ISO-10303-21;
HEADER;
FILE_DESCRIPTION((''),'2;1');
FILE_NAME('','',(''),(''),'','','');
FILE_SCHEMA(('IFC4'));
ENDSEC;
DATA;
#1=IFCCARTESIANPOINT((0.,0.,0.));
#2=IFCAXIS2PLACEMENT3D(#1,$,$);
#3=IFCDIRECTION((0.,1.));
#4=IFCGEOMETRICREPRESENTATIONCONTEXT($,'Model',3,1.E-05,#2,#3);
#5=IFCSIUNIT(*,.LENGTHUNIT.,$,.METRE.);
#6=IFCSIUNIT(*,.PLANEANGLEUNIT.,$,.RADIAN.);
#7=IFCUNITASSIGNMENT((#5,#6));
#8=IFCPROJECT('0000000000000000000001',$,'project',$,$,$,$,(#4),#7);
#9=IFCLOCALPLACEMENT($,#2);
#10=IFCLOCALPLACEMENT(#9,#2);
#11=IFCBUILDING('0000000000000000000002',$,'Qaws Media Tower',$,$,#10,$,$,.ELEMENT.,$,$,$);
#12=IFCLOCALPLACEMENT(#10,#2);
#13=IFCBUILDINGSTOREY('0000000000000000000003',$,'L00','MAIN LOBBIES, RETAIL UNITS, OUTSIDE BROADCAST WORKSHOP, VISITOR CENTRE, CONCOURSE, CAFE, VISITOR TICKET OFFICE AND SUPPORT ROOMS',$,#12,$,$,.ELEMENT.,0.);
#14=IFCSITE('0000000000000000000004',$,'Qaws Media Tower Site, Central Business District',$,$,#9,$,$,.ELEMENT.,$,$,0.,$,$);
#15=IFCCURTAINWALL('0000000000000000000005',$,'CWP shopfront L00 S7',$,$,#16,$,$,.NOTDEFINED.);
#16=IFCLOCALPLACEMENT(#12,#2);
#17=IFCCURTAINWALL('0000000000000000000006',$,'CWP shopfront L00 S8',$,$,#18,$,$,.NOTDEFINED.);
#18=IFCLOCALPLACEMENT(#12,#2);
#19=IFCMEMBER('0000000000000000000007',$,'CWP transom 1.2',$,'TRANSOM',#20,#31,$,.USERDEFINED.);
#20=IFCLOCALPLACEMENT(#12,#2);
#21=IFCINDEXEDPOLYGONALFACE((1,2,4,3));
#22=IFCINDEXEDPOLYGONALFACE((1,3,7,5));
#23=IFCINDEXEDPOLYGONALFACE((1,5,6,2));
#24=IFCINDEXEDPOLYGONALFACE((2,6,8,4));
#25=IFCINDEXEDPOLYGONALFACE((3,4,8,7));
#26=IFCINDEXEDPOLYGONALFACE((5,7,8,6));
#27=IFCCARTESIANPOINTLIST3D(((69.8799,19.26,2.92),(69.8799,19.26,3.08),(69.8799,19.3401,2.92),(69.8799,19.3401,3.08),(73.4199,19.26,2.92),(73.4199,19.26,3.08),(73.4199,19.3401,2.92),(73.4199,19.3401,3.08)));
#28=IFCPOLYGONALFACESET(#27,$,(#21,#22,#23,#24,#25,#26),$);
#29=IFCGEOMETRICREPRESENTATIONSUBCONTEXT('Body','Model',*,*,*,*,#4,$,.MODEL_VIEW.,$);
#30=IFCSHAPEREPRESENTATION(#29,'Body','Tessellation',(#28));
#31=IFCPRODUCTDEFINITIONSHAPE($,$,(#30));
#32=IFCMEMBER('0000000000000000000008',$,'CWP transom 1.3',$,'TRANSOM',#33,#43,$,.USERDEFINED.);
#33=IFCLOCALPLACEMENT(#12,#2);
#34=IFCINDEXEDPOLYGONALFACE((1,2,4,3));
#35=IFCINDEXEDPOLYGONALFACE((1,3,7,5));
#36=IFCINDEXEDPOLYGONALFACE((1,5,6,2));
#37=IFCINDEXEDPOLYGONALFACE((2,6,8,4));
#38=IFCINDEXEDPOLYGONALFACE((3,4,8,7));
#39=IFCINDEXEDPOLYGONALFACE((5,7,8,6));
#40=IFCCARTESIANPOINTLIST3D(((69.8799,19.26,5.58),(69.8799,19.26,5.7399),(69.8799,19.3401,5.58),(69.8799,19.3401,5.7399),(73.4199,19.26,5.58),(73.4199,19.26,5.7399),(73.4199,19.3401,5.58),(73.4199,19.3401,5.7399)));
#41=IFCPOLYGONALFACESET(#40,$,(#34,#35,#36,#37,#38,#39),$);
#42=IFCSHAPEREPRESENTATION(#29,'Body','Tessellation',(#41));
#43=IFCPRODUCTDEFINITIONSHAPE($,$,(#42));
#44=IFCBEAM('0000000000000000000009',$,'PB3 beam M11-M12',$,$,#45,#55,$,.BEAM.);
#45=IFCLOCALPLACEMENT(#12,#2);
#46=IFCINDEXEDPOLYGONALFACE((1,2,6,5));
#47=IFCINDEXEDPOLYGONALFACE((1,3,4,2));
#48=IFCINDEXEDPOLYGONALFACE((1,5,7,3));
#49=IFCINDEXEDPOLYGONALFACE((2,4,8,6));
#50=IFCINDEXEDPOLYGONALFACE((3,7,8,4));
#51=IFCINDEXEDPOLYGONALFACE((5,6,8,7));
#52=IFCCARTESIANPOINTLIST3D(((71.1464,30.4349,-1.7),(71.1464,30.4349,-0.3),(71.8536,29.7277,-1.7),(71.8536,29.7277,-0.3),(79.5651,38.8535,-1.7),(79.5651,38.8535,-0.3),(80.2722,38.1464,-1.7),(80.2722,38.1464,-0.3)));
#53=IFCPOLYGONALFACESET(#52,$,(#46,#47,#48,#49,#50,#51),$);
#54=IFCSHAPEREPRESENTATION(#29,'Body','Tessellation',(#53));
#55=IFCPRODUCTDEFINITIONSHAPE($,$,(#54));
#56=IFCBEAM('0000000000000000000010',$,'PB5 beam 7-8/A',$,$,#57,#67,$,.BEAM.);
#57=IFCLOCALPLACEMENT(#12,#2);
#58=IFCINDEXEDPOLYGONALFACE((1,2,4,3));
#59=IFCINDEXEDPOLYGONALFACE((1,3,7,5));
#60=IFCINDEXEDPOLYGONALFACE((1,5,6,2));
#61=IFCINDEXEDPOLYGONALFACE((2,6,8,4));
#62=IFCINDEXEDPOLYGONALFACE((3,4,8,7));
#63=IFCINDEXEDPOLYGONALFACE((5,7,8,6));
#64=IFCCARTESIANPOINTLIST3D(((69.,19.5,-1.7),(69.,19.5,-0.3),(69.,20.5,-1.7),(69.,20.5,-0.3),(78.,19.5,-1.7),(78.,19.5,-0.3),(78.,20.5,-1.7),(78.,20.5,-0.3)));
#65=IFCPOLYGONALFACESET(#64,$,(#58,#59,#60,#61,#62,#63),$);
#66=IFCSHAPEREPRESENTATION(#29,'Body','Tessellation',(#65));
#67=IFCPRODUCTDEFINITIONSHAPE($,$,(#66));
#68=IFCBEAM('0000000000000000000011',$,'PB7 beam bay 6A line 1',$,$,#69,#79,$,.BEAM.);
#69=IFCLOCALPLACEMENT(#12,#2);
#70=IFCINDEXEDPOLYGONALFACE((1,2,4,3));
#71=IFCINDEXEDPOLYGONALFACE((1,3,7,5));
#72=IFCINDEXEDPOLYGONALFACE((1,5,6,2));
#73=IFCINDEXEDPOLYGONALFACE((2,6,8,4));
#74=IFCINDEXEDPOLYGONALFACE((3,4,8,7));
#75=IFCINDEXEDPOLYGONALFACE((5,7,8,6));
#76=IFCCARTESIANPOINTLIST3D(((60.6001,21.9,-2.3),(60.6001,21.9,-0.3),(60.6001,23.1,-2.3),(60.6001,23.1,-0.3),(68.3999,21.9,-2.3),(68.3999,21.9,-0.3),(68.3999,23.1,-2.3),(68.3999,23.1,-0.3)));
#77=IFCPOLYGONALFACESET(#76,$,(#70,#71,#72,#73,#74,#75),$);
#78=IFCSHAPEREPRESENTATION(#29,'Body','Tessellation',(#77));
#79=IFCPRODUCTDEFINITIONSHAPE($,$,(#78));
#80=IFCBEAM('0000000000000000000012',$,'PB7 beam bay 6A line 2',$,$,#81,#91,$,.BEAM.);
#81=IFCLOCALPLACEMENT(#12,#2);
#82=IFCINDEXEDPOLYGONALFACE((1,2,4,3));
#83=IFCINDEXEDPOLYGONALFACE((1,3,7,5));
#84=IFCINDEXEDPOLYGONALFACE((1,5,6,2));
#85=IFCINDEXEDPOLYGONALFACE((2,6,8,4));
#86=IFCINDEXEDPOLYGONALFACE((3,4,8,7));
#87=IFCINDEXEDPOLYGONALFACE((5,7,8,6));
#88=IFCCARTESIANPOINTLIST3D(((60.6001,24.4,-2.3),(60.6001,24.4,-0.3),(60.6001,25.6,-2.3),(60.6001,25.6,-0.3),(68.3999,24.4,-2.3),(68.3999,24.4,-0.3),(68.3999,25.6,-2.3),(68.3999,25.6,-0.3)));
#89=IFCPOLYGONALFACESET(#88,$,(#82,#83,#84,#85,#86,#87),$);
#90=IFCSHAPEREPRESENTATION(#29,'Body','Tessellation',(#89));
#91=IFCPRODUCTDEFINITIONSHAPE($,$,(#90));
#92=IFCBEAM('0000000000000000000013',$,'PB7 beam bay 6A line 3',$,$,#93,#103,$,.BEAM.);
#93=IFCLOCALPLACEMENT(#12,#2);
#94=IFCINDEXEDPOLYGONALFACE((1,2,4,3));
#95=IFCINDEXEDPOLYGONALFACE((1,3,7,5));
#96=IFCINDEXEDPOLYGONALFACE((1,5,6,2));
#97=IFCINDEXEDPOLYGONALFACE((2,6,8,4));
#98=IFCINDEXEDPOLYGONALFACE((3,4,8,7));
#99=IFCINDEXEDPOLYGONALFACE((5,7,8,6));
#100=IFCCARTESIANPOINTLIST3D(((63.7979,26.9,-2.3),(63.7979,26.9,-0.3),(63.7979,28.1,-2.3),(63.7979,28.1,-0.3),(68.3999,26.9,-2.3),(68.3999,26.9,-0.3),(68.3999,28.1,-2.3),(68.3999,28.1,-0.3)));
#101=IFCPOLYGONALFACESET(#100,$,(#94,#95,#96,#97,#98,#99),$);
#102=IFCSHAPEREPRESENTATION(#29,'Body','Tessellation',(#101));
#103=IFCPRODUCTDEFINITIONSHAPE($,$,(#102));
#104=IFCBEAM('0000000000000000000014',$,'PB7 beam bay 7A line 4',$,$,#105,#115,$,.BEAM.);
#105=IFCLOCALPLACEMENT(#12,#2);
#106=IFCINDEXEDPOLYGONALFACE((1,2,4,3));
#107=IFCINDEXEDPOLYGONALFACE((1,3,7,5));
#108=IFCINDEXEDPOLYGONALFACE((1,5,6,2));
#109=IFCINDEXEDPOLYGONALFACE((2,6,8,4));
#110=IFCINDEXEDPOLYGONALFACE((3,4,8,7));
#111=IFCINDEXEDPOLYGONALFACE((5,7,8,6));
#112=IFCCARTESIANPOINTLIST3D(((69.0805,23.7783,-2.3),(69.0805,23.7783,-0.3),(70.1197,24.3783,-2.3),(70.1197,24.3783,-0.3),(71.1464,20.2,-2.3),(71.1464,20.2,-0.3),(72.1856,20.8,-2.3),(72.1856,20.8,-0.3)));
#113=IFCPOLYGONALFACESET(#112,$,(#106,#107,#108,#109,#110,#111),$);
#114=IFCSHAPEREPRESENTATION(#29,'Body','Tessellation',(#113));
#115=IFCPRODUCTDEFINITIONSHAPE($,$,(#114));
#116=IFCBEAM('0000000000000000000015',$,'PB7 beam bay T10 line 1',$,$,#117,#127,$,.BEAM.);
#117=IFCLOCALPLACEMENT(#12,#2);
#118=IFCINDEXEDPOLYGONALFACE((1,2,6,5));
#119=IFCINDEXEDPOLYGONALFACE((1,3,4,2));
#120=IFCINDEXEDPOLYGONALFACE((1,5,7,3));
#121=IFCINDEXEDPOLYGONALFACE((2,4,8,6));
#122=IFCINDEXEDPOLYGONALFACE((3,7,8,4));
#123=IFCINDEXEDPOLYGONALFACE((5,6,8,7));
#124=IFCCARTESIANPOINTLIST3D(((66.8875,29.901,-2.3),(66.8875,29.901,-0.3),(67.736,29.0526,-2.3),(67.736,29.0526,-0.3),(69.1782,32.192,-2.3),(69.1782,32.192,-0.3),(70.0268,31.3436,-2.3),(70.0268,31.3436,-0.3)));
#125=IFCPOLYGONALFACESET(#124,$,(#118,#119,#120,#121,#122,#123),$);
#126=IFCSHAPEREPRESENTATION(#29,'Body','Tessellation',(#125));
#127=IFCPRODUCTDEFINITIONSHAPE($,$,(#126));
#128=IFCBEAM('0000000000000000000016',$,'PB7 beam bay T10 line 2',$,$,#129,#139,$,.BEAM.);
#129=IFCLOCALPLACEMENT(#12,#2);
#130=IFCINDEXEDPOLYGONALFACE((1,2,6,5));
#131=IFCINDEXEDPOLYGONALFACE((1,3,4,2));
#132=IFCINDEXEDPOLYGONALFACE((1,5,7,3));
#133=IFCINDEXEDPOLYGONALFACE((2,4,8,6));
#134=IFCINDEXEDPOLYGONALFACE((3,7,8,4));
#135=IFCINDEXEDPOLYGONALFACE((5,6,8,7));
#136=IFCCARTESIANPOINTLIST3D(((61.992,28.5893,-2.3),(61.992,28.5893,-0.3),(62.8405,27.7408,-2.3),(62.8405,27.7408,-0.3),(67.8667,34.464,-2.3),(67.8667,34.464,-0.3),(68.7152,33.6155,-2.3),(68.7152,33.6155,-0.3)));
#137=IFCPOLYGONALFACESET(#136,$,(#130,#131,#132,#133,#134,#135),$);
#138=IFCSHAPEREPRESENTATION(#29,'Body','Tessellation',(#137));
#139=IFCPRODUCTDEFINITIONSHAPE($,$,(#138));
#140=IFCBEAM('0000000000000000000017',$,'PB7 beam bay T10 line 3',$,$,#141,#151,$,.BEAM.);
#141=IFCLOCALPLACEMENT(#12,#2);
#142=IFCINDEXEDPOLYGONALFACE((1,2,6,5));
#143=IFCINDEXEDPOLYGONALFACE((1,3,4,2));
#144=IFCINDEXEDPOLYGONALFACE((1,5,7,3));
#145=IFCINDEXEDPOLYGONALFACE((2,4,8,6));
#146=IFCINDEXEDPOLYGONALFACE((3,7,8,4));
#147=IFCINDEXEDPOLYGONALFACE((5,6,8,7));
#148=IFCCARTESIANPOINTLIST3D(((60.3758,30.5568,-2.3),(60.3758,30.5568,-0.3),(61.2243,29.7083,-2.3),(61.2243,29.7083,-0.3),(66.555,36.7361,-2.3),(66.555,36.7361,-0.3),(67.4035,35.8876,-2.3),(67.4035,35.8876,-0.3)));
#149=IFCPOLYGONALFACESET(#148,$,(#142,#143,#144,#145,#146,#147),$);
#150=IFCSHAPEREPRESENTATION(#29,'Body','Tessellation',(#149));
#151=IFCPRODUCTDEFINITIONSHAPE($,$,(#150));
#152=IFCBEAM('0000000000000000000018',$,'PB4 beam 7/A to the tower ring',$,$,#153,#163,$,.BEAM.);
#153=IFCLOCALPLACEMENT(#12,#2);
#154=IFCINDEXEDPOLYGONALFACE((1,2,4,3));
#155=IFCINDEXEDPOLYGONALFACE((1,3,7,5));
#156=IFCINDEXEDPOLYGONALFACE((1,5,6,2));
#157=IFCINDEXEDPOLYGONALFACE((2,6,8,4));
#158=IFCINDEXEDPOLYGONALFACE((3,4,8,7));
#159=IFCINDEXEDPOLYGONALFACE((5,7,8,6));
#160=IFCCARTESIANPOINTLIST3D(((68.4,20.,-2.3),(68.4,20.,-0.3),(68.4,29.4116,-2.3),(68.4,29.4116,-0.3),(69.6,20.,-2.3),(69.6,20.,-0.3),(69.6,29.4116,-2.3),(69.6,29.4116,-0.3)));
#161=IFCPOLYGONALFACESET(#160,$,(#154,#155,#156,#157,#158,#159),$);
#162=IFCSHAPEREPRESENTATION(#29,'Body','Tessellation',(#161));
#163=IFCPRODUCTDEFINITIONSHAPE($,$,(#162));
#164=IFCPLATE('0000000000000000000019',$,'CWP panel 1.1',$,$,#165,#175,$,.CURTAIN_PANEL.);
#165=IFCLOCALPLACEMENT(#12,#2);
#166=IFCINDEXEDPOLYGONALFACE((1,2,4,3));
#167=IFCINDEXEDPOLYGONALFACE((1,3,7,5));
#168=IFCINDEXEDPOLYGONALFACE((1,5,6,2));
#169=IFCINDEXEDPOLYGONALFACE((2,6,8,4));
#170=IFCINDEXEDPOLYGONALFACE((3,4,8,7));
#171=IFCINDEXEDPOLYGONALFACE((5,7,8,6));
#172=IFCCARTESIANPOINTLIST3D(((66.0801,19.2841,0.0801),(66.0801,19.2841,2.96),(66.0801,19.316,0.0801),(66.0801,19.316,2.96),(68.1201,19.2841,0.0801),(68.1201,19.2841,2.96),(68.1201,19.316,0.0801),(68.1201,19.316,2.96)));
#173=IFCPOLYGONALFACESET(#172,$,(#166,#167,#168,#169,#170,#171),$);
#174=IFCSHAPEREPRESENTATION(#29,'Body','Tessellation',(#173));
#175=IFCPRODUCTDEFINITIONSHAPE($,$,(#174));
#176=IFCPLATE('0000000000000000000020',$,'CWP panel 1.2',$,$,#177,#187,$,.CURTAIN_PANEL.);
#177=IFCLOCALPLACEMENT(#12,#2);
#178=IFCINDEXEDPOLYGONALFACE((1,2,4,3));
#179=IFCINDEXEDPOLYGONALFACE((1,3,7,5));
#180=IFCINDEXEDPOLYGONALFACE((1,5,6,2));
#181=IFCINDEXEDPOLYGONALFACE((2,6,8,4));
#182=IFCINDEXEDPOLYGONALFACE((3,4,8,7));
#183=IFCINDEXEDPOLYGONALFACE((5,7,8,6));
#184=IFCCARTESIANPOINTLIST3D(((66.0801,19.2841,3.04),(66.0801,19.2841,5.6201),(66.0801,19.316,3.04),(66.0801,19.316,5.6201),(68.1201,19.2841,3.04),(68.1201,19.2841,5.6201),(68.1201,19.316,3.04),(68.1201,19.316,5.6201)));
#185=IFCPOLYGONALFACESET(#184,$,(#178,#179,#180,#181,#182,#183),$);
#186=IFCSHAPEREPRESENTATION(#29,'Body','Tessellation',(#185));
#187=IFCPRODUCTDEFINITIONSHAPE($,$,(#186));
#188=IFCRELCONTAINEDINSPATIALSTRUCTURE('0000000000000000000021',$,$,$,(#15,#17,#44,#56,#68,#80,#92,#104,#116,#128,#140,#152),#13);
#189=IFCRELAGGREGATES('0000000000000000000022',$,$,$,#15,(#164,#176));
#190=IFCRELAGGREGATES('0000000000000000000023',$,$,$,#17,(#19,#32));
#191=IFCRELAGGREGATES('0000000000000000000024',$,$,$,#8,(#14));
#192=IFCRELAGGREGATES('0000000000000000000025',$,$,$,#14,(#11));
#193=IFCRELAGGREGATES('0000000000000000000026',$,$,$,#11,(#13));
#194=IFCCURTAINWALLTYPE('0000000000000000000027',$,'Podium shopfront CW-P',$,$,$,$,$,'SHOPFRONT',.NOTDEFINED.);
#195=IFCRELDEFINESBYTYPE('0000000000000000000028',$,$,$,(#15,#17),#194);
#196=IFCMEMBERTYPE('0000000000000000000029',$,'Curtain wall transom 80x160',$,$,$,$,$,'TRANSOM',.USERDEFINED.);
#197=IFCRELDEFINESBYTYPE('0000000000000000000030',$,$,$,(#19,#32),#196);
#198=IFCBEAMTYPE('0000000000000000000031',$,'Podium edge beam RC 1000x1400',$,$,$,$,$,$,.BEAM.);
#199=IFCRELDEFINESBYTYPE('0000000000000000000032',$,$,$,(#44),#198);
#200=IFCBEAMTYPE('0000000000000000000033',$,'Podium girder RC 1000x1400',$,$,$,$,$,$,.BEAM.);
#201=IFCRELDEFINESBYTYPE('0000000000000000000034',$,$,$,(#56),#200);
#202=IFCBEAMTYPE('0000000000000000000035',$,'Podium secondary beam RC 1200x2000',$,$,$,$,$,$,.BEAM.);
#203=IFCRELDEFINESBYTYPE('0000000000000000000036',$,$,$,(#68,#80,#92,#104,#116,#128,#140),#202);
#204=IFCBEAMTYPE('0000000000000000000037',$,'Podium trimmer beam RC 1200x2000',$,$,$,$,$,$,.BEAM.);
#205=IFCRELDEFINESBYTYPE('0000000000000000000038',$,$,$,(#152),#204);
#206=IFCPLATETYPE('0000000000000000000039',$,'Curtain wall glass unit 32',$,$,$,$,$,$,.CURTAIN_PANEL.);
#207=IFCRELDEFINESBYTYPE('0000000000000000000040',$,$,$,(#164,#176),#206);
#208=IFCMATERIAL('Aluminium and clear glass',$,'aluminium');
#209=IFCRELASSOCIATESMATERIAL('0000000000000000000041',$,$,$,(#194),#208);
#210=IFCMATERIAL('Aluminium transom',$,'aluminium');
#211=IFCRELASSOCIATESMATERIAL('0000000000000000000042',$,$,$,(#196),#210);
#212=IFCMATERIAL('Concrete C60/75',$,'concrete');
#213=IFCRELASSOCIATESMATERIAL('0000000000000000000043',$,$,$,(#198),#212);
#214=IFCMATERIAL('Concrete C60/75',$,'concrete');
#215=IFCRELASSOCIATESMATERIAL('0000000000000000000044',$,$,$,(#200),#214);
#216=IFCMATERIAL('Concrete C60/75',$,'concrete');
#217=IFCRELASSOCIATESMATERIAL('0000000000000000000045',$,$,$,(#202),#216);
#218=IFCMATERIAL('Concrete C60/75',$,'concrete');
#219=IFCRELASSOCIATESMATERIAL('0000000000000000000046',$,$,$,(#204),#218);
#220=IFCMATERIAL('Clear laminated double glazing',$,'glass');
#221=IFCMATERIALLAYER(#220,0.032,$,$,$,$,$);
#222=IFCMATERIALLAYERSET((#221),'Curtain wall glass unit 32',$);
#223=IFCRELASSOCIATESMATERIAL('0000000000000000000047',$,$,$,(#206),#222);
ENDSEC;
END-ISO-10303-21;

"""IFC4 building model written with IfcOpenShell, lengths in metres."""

from ifc_helpers import new_model, si_unit, direction, frame, origin, origin_2d, place, context, subcontext, project, spatial, rectangle, extrude, material, layer, layer_set, material_profile, profile_set, type_object, element, aggregate, save


model = new_model("IFC4")

# Units and contexts
model_context = context("Model", 3, precision=1e-05, world=origin(), true_north=direction((0.0, 1.0)))
body_context = subcontext(model_context, "Body", "Model", "MODEL_VIEW")
ifc_project = project(units=[si_unit("LENGTHUNIT", "METRE"), si_unit("PLANEANGLEUNIT", "RADIAN")], contexts=[model_context])

# Site, building, storey
site_placement = place(None, origin())
site = spatial("IfcSite", under=ifc_project, at=site_placement, Name="Qaws Media Tower Site, Central Business District", CompositionType="ELEMENT", RefElevation=0.0)
building_placement = place(site_placement, origin())
building = spatial("IfcBuilding", under=site, at=building_placement, Name="Qaws Media Tower", CompositionType="ELEMENT")
storey_placement = place(building_placement, origin())
storey = spatial("IfcBuildingStorey", under=building, at=storey_placement, Name="L00", Description="MAIN LOBBIES, RETAIL UNITS, OUTSIDE BROADCAST WORKSHOP, VISITOR CENTRE, CONCOURSE, CAFE, VISITOR TICKET OFFICE AND SUPPORT ROOMS", CompositionType="ELEMENT", Elevation=0.0)

# Curtain walls
ifc_material_1 = material(Name="Aluminium and clear glass", Category="aluminium")
curtain_wall_type = type_object("IfcCurtainWallType", Name="Podium shopfront CW-P", ElementType="SHOPFRONT", PredefinedType="NOTDEFINED", material=ifc_material_1)
curtain_wall_1_placement = place(storey_placement, origin())
curtain_wall_1 = element("IfcCurtainWall", 1, at=curtain_wall_1_placement, inside=storey, type_object=curtain_wall_type, Name="CWP shopfront L00 S7", PredefinedType="NOTDEFINED")
curtain_wall_2_placement = place(storey_placement, origin())
curtain_wall_2 = element("IfcCurtainWall", 2, at=curtain_wall_2_placement, inside=storey, type_object=curtain_wall_type, Name="CWP shopfront L00 S8", PredefinedType="NOTDEFINED")

# Members
ifc_material_2 = material(Name="Aluminium transom", Category="aluminium")
ifc_material_profile_1 = material_profile(ifc_material_2, rectangle(XDim=0.0801, YDim=0.1599, at=origin_2d()), Name="80x160")
ifc_profile_set_1 = profile_set([ifc_material_profile_1], Name="Aluminium transom")
member_type_1 = type_object("IfcMemberType", Name="Curtain wall transom 80x160", ElementType="TRANSOM", PredefinedType="USERDEFINED", material=ifc_profile_set_1)
member_1_placement = place(storey_placement, frame((69.8799, 19.3, 3.0), z_axis=(1.0, 0.0, 0.0), x_axis=(0.0, 1.0, 0.0)))
member_1 = element("IfcMember", 3, at=member_1_placement, type_object=member_type_1, Name="CWP transom 1.2", ObjectType="TRANSOM", PredefinedType="USERDEFINED", context=body_context, shape_type="SweptSolid", body=[
    extrude(rectangle(XDim=0.0801, YDim=0.1599, at=origin_2d()), origin(), (0.0, 0.0, 1.0), 3.54),
])
member_2_placement = place(storey_placement, frame((69.8799, 19.3, 5.6599), z_axis=(1.0, 0.0, 0.0), x_axis=(0.0, 1.0, 0.0)))
member_2 = element("IfcMember", 4, at=member_2_placement, type_object=member_type_1, Name="CWP transom 1.3", ObjectType="TRANSOM", PredefinedType="USERDEFINED", context=body_context, shape_type="SweptSolid", body=[
    extrude(rectangle(XDim=0.0801, YDim=0.1599, at=origin_2d()), origin(), (0.0, 0.0, 1.0), 3.54),
])

# Beams
ifc_material_3 = material(Name="Concrete C60/75", Category="concrete")
ifc_material_profile_2 = material_profile(ifc_material_3, rectangle(XDim=1.0, YDim=1.3999, at=origin_2d()), Name="RC 1000x1400")
ifc_profile_set_2 = profile_set([ifc_material_profile_2], Name="Concrete C60/75")
beam_type_1 = type_object("IfcBeamType", Name="Podium edge beam RC 1000x1400", PredefinedType="BEAM", material=ifc_profile_set_2)
beam_1_placement = place(storey_placement, frame((71.5, 30.0813, -1.0), z_axis=(0.707107, 0.707107, 0.0), x_axis=(-0.707107, 0.707107, 0.0)))
element("IfcBeam", 5, at=beam_1_placement, inside=storey, type_object=beam_type_1, Name="PB3 beam M11-M12", PredefinedType="BEAM", context=body_context, shape_type="SweptSolid", body=[
    extrude(rectangle(XDim=1.0, YDim=1.3999, at=origin_2d()), origin(), (0.0, 0.0, 1.0), 11.9058),
])
ifc_material_4 = material(Name="Concrete C60/75", Category="concrete")
ifc_material_profile_3 = material_profile(ifc_material_4, rectangle(XDim=1.0, YDim=1.3999, at=origin_2d()), Name="RC 1000x1400")
ifc_profile_set_3 = profile_set([ifc_material_profile_3], Name="Concrete C60/75")
beam_type_2 = type_object("IfcBeamType", Name="Podium girder RC 1000x1400", PredefinedType="BEAM", material=ifc_profile_set_3)
beam_2_placement = place(storey_placement, frame((69.0, 20.0, -1.0), z_axis=(1.0, 0.0, 0.0), x_axis=(0.0, 1.0, 0.0)))
element("IfcBeam", 6, at=beam_2_placement, inside=storey, type_object=beam_type_2, Name="PB5 beam 7-8/A", PredefinedType="BEAM", context=body_context, shape_type="SweptSolid", body=[
    extrude(rectangle(XDim=1.0, YDim=1.3999, at=origin_2d()), origin(), (0.0, 0.0, 1.0), 9.0),
])
ifc_material_5 = material(Name="Concrete C60/75", Category="concrete")
ifc_material_profile_4 = material_profile(ifc_material_5, rectangle(XDim=1.2, YDim=2.0, at=origin_2d()), Name="RC 1200x2000")
ifc_profile_set_4 = profile_set([ifc_material_profile_4], Name="Concrete C60/75")
beam_type_3 = type_object("IfcBeamType", Name="Podium secondary beam RC 1200x2000", PredefinedType="BEAM", material=ifc_profile_set_4)
for number, where, z_axis, x_axis, name in (
    (7, (60.6001, 22.5, -1.3), (1.0, 0.0, 0.0), (0.0, 1.0, 0.0), "PB7 beam bay 6A line 1"),
    (8, (60.6001, 25.0, -1.3), (1.0, 0.0, 0.0), (0.0, 1.0, 0.0), "PB7 beam bay 6A line 2"),
):
    element("IfcBeam", number, at=place(storey_placement, frame(where, z_axis=z_axis, x_axis=x_axis)), inside=storey, type_object=beam_type_3, Name=name, PredefinedType="BEAM", context=body_context, shape_type="SweptSolid", body=[
        extrude(rectangle(XDim=1.2, YDim=2.0, at=origin_2d()), origin(), (0.0, 0.0, 1.0), 7.7998),
    ])
beam_3_placement = place(storey_placement, frame((63.7979, 27.5, -1.3), z_axis=(1.0, 0.0, 0.0), x_axis=(0.0, 1.0, 0.0)))
element("IfcBeam", 9, at=beam_3_placement, inside=storey, type_object=beam_type_3, Name="PB7 beam bay 6A line 3", PredefinedType="BEAM", context=body_context, shape_type="SweptSolid", body=[
    extrude(rectangle(XDim=1.2, YDim=2.0, at=origin_2d()), origin(), (0.0, 0.0, 1.0), 4.6021),
])
beam_4_placement = place(storey_placement, frame((71.666, 20.5, -1.3), z_axis=(-0.49999, 0.866031, 0.0), x_axis=(-0.866031, -0.49999, 0.0)))
element("IfcBeam", 10, at=beam_4_placement, inside=storey, type_object=beam_type_3, Name="PB7 beam bay 7A line 4", PredefinedType="BEAM", context=body_context, shape_type="SweptSolid", body=[
    extrude(rectangle(XDim=1.2, YDim=2.0, at=origin_2d()), origin(), (0.0, 0.0, 1.0), 4.1318),
])
beam_5_placement = place(storey_placement, frame((67.3118, 29.4768, -1.3), z_axis=(0.707069, 0.707144, 0.0), x_axis=(-0.707144, 0.707069, 0.0)))
element("IfcBeam", 11, at=beam_5_placement, inside=storey, type_object=beam_type_3, Name="PB7 beam bay T10 line 1", PredefinedType="BEAM", context=body_context, shape_type="SweptSolid", body=[
    extrude(rectangle(XDim=1.2, YDim=2.0, at=origin_2d()), origin(), (0.0, 0.0, 1.0), 3.2397),
])
beam_6_placement = place(storey_placement, frame((62.4163, 28.165, -1.3), z_axis=(0.707107, 0.707107, 0.0), x_axis=(-0.707107, 0.707107, 0.0)))
element("IfcBeam", 12, at=beam_6_placement, inside=storey, type_object=beam_type_3, Name="PB7 beam bay T10 line 2", PredefinedType="BEAM", context=body_context, shape_type="SweptSolid", body=[
    extrude(rectangle(XDim=1.2, YDim=2.0, at=origin_2d()), origin(), (0.0, 0.0, 1.0), 8.3081),
])
beam_7_placement = place(storey_placement, frame((60.8, 30.1326, -1.3), z_axis=(0.707107, 0.707107, 0.0), x_axis=(-0.707107, 0.707107, 0.0)))
element("IfcBeam", 13, at=beam_7_placement, inside=storey, type_object=beam_type_3, Name="PB7 beam bay T10 line 3", PredefinedType="BEAM", context=body_context, shape_type="SweptSolid", body=[
    extrude(rectangle(XDim=1.2, YDim=2.0, at=origin_2d()), origin(), (0.0, 0.0, 1.0), 8.7388),
])
ifc_material_6 = material(Name="Concrete C60/75", Category="concrete")
ifc_material_profile_5 = material_profile(ifc_material_6, rectangle(XDim=1.2, YDim=2.0, at=origin_2d()), Name="RC 1200x2000")
ifc_profile_set_5 = profile_set([ifc_material_profile_5], Name="Concrete C60/75")
beam_type_4 = type_object("IfcBeamType", Name="Podium trimmer beam RC 1200x2000", PredefinedType="BEAM", material=ifc_profile_set_5)
beam_8_placement = place(storey_placement, frame((69.0, 20.0, -1.3), z_axis=(0.0, 1.0, 0.0), x_axis=(-1.0, 0.0, 0.0)))
element("IfcBeam", 14, at=beam_8_placement, inside=storey, type_object=beam_type_4, Name="PB4 beam 7/A to the tower ring", PredefinedType="BEAM", context=body_context, shape_type="SweptSolid", body=[
    extrude(rectangle(XDim=1.2, YDim=2.0, at=origin_2d()), origin(), (0.0, 0.0, 1.0), 9.4116),
])

# Plates
ifc_material_7 = material(Name="Clear laminated double glazing", Category="glass")
ifc_layer = layer(ifc_material_7, 0.032)
ifc_layer_set = layer_set([ifc_layer], Name="Curtain wall glass unit 32")
plate_type = type_object("IfcPlateType", Name="Curtain wall glass unit 32", PredefinedType="CURTAIN_PANEL", material=ifc_layer_set)
plate_1_placement = place(storey_placement, frame((67.1001, 19.3, 0.0801), z_axis=(0.0, 0.0, 1.0), x_axis=(1.0, 0.0, 0.0)))
plate_1 = element("IfcPlate", 15, at=plate_1_placement, type_object=plate_type, Name="CWP panel 1.1", PredefinedType="CURTAIN_PANEL", context=body_context, shape_type="SweptSolid", body=[
    extrude(rectangle(XDim=2.04, YDim=0.032, at=origin_2d()), origin(), (0.0, 0.0, 1.0), 2.8799),
])
plate_2_placement = place(storey_placement, frame((67.1001, 19.3, 3.04), z_axis=(0.0, 0.0, 1.0), x_axis=(1.0, 0.0, 0.0)))
plate_2 = element("IfcPlate", 16, at=plate_2_placement, type_object=plate_type, Name="CWP panel 1.2", PredefinedType="CURTAIN_PANEL", context=body_context, shape_type="SweptSolid", body=[
    extrude(rectangle(XDim=2.04, YDim=0.032, at=origin_2d()), origin(), (0.0, 0.0, 1.0), 2.5801),
])
aggregate(curtain_wall_1, [plate_1, plate_2])
aggregate(curtain_wall_2, [member_1, member_2])

save(model, "model.ifc")
